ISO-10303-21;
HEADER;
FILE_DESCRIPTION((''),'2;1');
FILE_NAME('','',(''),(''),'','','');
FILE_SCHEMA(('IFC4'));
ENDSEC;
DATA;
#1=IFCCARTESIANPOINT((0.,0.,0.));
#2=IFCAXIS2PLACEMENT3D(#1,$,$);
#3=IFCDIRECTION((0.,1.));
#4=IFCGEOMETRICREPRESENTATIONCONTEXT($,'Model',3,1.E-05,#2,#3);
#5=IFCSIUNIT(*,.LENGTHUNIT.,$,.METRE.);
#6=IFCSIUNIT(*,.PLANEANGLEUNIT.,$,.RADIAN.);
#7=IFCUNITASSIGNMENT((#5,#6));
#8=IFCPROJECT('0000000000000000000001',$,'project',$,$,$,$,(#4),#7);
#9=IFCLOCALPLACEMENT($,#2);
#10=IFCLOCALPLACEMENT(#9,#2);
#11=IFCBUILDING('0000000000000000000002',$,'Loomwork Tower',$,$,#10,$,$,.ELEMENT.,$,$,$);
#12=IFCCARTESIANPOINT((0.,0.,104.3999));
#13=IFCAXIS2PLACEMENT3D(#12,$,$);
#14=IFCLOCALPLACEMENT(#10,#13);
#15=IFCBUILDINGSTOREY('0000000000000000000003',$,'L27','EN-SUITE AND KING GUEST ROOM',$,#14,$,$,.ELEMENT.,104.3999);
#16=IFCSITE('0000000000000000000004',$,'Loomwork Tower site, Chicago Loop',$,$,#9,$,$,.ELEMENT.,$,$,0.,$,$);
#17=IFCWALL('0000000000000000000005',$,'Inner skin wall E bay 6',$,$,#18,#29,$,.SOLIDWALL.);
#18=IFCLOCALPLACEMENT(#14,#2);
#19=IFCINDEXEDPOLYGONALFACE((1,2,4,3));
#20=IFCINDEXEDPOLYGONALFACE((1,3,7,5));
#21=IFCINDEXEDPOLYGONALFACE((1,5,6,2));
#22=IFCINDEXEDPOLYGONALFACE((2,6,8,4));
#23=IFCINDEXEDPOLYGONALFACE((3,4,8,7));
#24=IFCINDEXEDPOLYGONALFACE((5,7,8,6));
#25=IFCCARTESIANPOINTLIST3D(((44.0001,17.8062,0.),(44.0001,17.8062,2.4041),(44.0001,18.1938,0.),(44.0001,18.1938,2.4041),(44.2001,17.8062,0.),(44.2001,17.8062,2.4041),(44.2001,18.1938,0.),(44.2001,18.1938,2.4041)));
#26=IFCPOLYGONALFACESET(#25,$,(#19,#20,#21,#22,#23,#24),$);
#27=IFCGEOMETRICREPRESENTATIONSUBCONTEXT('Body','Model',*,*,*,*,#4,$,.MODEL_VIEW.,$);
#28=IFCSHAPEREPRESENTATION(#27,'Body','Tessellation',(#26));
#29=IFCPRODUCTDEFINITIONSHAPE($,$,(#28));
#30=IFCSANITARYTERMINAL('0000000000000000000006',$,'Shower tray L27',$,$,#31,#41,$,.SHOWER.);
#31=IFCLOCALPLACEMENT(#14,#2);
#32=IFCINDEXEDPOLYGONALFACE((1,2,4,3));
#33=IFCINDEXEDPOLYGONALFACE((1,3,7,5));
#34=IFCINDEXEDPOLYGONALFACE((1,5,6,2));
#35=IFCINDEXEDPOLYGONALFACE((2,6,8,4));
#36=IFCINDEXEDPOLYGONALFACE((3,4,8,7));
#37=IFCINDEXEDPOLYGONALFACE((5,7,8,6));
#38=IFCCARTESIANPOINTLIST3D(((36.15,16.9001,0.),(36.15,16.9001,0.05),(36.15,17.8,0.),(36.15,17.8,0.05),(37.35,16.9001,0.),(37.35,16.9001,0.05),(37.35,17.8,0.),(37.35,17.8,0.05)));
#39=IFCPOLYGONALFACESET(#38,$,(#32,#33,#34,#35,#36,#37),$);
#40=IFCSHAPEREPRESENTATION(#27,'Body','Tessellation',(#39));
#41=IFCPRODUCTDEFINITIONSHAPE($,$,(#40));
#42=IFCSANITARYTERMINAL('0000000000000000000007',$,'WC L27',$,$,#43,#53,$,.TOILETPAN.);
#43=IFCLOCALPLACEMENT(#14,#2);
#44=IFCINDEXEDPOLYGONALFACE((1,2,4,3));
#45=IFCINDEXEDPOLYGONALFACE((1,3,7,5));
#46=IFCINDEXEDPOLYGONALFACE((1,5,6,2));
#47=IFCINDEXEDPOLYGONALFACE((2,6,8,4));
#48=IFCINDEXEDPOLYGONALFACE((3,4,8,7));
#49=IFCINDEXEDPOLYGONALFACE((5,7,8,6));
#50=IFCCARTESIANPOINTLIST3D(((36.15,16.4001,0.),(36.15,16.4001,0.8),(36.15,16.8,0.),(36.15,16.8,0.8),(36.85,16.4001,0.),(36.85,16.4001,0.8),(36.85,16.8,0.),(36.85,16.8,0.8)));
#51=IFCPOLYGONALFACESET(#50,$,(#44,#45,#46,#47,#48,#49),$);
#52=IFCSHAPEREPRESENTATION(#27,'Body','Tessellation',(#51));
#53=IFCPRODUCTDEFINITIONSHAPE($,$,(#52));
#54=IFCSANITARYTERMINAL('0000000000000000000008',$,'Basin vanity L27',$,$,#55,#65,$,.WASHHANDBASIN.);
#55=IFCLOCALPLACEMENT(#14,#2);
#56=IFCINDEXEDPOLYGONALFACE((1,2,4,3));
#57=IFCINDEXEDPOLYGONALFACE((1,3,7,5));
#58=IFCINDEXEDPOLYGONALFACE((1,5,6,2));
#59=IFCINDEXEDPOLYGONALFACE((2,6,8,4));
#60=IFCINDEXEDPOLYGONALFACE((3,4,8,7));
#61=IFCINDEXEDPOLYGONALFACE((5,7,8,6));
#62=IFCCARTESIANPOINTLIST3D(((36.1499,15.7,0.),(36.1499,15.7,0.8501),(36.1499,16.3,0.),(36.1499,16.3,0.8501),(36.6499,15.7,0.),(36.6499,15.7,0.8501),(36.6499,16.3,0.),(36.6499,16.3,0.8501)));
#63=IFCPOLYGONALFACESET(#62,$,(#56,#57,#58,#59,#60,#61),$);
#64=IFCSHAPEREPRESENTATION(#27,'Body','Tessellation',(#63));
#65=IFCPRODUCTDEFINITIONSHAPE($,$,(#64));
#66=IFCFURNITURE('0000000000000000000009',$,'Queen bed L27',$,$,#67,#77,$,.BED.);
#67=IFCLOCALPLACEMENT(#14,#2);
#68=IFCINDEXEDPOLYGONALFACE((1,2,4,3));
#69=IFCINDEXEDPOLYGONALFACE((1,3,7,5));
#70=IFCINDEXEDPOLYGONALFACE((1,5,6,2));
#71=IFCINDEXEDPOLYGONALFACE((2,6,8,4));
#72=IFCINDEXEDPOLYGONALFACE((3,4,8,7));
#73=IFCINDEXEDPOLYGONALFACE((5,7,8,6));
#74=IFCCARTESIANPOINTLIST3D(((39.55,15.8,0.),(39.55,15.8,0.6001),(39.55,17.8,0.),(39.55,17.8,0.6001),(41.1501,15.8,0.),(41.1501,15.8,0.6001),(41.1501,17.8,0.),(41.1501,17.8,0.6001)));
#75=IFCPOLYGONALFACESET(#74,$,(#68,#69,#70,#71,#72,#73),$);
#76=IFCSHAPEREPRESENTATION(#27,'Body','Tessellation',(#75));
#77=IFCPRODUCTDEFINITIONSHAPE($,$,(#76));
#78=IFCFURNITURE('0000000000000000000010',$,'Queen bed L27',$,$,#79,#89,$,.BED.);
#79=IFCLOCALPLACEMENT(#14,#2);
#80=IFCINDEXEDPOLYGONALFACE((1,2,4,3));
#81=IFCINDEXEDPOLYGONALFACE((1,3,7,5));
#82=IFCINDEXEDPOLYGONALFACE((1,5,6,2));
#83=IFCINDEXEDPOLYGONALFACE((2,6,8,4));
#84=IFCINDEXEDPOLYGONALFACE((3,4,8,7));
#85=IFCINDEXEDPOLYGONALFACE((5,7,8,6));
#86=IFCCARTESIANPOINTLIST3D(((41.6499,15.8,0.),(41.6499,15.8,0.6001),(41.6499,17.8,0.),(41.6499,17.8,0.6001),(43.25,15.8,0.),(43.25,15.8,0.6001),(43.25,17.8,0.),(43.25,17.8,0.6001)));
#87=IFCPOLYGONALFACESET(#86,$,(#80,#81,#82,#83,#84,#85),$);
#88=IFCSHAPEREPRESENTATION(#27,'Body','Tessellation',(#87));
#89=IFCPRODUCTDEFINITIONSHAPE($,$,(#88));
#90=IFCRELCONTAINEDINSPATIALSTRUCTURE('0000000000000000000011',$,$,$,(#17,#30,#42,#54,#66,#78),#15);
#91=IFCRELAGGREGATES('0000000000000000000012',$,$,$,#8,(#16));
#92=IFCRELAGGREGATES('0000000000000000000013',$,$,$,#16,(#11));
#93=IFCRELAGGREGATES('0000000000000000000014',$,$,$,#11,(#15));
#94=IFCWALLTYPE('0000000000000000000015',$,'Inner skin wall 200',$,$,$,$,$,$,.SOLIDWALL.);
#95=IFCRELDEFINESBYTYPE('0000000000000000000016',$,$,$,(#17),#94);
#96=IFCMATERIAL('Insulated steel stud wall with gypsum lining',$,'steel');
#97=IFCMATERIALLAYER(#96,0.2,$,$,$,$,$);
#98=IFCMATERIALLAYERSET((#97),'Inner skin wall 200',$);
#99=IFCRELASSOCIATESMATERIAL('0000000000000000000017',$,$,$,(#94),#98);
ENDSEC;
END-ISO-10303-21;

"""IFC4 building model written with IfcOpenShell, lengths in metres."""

from ifc_helpers import new_model, si_unit, direction, frame, frame_2d, origin, origin_2d, place, context, subcontext, project, spatial, rectangle, extrude, material, layer, layer_set, type_object, element, save


model = new_model("IFC4")

# Units and contexts
model_context = context("Model", 3, precision=1e-05, world=origin(), true_north=direction((0.0, 1.0)))
body_context = subcontext(model_context, "Body", "Model", "MODEL_VIEW")
ifc_project = project(units=[si_unit("LENGTHUNIT", "METRE"), si_unit("PLANEANGLEUNIT", "RADIAN")], contexts=[model_context])

# Site, building, storey
site_placement = place(None, origin())
site = spatial("IfcSite", under=ifc_project, at=site_placement, Name="Loomwork Tower site, Chicago Loop", CompositionType="ELEMENT", RefElevation=0.0)
building_placement = place(site_placement, origin())
building = spatial("IfcBuilding", under=site, at=building_placement, Name="Loomwork Tower", CompositionType="ELEMENT")
storey_placement = place(building_placement, frame((0.0, 0.0, 104.3999)))
storey = spatial("IfcBuildingStorey", under=building, at=storey_placement, Name="L27", Description="EN-SUITE AND KING GUEST ROOM", CompositionType="ELEMENT", Elevation=104.3999)

# Wall
ifc_material_1 = material(Name="Insulated steel stud wall with gypsum lining", Category="steel")
ifc_layer_1 = layer(ifc_material_1, 0.2)
ifc_layer_set_1 = layer_set([ifc_layer_1], Name="Inner skin wall 200")
wall_type_1 = type_object("IfcWallType", Name="Inner skin wall 200", PredefinedType="SOLIDWALL", material=ifc_layer_set_1)
wall_1_placement = place(storey_placement, frame((44.1001, 17.8062, 0.0), z_axis=(0.0, 0.0, 1.0), x_axis=(0.0, 1.0, 0.0)))
element("IfcWall", 1, at=wall_1_placement, inside=storey, type_object=wall_type_1, Name="Inner skin wall E bay 6", PredefinedType="SOLIDWALL", context=body_context, shape_type="SweptSolid", body=[
    extrude(rectangle(XDim=0.3877, YDim=0.2, at=frame_2d((0.1938, 0.0))), origin(), (0.0, 0.0, 1.0), 2.4041),
])

# Sanitary terminals
sanitary_terminal_1_placement = place(storey_placement, frame((36.75, 17.3501, 0.0), z_axis=(0.0, 0.0, 1.0), x_axis=(1.0, 0.0, 0.0)))
element("IfcSanitaryTerminal", 2, at=sanitary_terminal_1_placement, inside=storey, Name="Shower tray L27", PredefinedType="SHOWER", context=body_context, shape_type="SweptSolid", body=[
    extrude(rectangle(XDim=1.2, YDim=0.8999, at=origin_2d()), origin(), (0.0, 0.0, 1.0), 0.05),
])
sanitary_terminal_2_placement = place(storey_placement, frame((36.5, 16.6001, 0.0), z_axis=(0.0, 0.0, 1.0), x_axis=(1.0, 0.0, 0.0)))
element("IfcSanitaryTerminal", 3, at=sanitary_terminal_2_placement, inside=storey, Name="WC L27", PredefinedType="TOILETPAN", context=body_context, shape_type="SweptSolid", body=[
    extrude(rectangle(XDim=0.7, YDim=0.3999, at=origin_2d()), origin(), (0.0, 0.0, 1.0), 0.8),
])
sanitary_terminal_3_placement = place(storey_placement, frame((36.3999, 16.0, 0.0), z_axis=(0.0, 0.0, 1.0), x_axis=(1.0, 0.0, 0.0)))
element("IfcSanitaryTerminal", 4, at=sanitary_terminal_3_placement, inside=storey, Name="Basin vanity L27", PredefinedType="WASHHANDBASIN", context=body_context, shape_type="SweptSolid", body=[
    extrude(rectangle(XDim=0.5, YDim=0.6001, at=origin_2d()), origin(), (0.0, 0.0, 1.0), 0.8501),
])

# Furniture
for number, where, z_axis, x_axis, name in (
    (5, (40.3501, 16.8, 0.0), (0.0, 0.0, 1.0), (1.0, 0.0, 0.0), "Queen bed L27"),
    (6, (42.45, 16.8, 0.0), (0.0, 0.0, 1.0), (1.0, 0.0, 0.0), "Queen bed L27"),
):
    element("IfcFurniture", number, at=place(storey_placement, frame(where, z_axis=z_axis, x_axis=x_axis)), inside=storey, Name=name, PredefinedType="BED", context=body_context, shape_type="SweptSolid", body=[
        extrude(rectangle(XDim=1.6001, YDim=2.0, at=origin_2d()), origin(), (0.0, 0.0, 1.0), 0.6001),
    ])

save(model, "model.ifc")
